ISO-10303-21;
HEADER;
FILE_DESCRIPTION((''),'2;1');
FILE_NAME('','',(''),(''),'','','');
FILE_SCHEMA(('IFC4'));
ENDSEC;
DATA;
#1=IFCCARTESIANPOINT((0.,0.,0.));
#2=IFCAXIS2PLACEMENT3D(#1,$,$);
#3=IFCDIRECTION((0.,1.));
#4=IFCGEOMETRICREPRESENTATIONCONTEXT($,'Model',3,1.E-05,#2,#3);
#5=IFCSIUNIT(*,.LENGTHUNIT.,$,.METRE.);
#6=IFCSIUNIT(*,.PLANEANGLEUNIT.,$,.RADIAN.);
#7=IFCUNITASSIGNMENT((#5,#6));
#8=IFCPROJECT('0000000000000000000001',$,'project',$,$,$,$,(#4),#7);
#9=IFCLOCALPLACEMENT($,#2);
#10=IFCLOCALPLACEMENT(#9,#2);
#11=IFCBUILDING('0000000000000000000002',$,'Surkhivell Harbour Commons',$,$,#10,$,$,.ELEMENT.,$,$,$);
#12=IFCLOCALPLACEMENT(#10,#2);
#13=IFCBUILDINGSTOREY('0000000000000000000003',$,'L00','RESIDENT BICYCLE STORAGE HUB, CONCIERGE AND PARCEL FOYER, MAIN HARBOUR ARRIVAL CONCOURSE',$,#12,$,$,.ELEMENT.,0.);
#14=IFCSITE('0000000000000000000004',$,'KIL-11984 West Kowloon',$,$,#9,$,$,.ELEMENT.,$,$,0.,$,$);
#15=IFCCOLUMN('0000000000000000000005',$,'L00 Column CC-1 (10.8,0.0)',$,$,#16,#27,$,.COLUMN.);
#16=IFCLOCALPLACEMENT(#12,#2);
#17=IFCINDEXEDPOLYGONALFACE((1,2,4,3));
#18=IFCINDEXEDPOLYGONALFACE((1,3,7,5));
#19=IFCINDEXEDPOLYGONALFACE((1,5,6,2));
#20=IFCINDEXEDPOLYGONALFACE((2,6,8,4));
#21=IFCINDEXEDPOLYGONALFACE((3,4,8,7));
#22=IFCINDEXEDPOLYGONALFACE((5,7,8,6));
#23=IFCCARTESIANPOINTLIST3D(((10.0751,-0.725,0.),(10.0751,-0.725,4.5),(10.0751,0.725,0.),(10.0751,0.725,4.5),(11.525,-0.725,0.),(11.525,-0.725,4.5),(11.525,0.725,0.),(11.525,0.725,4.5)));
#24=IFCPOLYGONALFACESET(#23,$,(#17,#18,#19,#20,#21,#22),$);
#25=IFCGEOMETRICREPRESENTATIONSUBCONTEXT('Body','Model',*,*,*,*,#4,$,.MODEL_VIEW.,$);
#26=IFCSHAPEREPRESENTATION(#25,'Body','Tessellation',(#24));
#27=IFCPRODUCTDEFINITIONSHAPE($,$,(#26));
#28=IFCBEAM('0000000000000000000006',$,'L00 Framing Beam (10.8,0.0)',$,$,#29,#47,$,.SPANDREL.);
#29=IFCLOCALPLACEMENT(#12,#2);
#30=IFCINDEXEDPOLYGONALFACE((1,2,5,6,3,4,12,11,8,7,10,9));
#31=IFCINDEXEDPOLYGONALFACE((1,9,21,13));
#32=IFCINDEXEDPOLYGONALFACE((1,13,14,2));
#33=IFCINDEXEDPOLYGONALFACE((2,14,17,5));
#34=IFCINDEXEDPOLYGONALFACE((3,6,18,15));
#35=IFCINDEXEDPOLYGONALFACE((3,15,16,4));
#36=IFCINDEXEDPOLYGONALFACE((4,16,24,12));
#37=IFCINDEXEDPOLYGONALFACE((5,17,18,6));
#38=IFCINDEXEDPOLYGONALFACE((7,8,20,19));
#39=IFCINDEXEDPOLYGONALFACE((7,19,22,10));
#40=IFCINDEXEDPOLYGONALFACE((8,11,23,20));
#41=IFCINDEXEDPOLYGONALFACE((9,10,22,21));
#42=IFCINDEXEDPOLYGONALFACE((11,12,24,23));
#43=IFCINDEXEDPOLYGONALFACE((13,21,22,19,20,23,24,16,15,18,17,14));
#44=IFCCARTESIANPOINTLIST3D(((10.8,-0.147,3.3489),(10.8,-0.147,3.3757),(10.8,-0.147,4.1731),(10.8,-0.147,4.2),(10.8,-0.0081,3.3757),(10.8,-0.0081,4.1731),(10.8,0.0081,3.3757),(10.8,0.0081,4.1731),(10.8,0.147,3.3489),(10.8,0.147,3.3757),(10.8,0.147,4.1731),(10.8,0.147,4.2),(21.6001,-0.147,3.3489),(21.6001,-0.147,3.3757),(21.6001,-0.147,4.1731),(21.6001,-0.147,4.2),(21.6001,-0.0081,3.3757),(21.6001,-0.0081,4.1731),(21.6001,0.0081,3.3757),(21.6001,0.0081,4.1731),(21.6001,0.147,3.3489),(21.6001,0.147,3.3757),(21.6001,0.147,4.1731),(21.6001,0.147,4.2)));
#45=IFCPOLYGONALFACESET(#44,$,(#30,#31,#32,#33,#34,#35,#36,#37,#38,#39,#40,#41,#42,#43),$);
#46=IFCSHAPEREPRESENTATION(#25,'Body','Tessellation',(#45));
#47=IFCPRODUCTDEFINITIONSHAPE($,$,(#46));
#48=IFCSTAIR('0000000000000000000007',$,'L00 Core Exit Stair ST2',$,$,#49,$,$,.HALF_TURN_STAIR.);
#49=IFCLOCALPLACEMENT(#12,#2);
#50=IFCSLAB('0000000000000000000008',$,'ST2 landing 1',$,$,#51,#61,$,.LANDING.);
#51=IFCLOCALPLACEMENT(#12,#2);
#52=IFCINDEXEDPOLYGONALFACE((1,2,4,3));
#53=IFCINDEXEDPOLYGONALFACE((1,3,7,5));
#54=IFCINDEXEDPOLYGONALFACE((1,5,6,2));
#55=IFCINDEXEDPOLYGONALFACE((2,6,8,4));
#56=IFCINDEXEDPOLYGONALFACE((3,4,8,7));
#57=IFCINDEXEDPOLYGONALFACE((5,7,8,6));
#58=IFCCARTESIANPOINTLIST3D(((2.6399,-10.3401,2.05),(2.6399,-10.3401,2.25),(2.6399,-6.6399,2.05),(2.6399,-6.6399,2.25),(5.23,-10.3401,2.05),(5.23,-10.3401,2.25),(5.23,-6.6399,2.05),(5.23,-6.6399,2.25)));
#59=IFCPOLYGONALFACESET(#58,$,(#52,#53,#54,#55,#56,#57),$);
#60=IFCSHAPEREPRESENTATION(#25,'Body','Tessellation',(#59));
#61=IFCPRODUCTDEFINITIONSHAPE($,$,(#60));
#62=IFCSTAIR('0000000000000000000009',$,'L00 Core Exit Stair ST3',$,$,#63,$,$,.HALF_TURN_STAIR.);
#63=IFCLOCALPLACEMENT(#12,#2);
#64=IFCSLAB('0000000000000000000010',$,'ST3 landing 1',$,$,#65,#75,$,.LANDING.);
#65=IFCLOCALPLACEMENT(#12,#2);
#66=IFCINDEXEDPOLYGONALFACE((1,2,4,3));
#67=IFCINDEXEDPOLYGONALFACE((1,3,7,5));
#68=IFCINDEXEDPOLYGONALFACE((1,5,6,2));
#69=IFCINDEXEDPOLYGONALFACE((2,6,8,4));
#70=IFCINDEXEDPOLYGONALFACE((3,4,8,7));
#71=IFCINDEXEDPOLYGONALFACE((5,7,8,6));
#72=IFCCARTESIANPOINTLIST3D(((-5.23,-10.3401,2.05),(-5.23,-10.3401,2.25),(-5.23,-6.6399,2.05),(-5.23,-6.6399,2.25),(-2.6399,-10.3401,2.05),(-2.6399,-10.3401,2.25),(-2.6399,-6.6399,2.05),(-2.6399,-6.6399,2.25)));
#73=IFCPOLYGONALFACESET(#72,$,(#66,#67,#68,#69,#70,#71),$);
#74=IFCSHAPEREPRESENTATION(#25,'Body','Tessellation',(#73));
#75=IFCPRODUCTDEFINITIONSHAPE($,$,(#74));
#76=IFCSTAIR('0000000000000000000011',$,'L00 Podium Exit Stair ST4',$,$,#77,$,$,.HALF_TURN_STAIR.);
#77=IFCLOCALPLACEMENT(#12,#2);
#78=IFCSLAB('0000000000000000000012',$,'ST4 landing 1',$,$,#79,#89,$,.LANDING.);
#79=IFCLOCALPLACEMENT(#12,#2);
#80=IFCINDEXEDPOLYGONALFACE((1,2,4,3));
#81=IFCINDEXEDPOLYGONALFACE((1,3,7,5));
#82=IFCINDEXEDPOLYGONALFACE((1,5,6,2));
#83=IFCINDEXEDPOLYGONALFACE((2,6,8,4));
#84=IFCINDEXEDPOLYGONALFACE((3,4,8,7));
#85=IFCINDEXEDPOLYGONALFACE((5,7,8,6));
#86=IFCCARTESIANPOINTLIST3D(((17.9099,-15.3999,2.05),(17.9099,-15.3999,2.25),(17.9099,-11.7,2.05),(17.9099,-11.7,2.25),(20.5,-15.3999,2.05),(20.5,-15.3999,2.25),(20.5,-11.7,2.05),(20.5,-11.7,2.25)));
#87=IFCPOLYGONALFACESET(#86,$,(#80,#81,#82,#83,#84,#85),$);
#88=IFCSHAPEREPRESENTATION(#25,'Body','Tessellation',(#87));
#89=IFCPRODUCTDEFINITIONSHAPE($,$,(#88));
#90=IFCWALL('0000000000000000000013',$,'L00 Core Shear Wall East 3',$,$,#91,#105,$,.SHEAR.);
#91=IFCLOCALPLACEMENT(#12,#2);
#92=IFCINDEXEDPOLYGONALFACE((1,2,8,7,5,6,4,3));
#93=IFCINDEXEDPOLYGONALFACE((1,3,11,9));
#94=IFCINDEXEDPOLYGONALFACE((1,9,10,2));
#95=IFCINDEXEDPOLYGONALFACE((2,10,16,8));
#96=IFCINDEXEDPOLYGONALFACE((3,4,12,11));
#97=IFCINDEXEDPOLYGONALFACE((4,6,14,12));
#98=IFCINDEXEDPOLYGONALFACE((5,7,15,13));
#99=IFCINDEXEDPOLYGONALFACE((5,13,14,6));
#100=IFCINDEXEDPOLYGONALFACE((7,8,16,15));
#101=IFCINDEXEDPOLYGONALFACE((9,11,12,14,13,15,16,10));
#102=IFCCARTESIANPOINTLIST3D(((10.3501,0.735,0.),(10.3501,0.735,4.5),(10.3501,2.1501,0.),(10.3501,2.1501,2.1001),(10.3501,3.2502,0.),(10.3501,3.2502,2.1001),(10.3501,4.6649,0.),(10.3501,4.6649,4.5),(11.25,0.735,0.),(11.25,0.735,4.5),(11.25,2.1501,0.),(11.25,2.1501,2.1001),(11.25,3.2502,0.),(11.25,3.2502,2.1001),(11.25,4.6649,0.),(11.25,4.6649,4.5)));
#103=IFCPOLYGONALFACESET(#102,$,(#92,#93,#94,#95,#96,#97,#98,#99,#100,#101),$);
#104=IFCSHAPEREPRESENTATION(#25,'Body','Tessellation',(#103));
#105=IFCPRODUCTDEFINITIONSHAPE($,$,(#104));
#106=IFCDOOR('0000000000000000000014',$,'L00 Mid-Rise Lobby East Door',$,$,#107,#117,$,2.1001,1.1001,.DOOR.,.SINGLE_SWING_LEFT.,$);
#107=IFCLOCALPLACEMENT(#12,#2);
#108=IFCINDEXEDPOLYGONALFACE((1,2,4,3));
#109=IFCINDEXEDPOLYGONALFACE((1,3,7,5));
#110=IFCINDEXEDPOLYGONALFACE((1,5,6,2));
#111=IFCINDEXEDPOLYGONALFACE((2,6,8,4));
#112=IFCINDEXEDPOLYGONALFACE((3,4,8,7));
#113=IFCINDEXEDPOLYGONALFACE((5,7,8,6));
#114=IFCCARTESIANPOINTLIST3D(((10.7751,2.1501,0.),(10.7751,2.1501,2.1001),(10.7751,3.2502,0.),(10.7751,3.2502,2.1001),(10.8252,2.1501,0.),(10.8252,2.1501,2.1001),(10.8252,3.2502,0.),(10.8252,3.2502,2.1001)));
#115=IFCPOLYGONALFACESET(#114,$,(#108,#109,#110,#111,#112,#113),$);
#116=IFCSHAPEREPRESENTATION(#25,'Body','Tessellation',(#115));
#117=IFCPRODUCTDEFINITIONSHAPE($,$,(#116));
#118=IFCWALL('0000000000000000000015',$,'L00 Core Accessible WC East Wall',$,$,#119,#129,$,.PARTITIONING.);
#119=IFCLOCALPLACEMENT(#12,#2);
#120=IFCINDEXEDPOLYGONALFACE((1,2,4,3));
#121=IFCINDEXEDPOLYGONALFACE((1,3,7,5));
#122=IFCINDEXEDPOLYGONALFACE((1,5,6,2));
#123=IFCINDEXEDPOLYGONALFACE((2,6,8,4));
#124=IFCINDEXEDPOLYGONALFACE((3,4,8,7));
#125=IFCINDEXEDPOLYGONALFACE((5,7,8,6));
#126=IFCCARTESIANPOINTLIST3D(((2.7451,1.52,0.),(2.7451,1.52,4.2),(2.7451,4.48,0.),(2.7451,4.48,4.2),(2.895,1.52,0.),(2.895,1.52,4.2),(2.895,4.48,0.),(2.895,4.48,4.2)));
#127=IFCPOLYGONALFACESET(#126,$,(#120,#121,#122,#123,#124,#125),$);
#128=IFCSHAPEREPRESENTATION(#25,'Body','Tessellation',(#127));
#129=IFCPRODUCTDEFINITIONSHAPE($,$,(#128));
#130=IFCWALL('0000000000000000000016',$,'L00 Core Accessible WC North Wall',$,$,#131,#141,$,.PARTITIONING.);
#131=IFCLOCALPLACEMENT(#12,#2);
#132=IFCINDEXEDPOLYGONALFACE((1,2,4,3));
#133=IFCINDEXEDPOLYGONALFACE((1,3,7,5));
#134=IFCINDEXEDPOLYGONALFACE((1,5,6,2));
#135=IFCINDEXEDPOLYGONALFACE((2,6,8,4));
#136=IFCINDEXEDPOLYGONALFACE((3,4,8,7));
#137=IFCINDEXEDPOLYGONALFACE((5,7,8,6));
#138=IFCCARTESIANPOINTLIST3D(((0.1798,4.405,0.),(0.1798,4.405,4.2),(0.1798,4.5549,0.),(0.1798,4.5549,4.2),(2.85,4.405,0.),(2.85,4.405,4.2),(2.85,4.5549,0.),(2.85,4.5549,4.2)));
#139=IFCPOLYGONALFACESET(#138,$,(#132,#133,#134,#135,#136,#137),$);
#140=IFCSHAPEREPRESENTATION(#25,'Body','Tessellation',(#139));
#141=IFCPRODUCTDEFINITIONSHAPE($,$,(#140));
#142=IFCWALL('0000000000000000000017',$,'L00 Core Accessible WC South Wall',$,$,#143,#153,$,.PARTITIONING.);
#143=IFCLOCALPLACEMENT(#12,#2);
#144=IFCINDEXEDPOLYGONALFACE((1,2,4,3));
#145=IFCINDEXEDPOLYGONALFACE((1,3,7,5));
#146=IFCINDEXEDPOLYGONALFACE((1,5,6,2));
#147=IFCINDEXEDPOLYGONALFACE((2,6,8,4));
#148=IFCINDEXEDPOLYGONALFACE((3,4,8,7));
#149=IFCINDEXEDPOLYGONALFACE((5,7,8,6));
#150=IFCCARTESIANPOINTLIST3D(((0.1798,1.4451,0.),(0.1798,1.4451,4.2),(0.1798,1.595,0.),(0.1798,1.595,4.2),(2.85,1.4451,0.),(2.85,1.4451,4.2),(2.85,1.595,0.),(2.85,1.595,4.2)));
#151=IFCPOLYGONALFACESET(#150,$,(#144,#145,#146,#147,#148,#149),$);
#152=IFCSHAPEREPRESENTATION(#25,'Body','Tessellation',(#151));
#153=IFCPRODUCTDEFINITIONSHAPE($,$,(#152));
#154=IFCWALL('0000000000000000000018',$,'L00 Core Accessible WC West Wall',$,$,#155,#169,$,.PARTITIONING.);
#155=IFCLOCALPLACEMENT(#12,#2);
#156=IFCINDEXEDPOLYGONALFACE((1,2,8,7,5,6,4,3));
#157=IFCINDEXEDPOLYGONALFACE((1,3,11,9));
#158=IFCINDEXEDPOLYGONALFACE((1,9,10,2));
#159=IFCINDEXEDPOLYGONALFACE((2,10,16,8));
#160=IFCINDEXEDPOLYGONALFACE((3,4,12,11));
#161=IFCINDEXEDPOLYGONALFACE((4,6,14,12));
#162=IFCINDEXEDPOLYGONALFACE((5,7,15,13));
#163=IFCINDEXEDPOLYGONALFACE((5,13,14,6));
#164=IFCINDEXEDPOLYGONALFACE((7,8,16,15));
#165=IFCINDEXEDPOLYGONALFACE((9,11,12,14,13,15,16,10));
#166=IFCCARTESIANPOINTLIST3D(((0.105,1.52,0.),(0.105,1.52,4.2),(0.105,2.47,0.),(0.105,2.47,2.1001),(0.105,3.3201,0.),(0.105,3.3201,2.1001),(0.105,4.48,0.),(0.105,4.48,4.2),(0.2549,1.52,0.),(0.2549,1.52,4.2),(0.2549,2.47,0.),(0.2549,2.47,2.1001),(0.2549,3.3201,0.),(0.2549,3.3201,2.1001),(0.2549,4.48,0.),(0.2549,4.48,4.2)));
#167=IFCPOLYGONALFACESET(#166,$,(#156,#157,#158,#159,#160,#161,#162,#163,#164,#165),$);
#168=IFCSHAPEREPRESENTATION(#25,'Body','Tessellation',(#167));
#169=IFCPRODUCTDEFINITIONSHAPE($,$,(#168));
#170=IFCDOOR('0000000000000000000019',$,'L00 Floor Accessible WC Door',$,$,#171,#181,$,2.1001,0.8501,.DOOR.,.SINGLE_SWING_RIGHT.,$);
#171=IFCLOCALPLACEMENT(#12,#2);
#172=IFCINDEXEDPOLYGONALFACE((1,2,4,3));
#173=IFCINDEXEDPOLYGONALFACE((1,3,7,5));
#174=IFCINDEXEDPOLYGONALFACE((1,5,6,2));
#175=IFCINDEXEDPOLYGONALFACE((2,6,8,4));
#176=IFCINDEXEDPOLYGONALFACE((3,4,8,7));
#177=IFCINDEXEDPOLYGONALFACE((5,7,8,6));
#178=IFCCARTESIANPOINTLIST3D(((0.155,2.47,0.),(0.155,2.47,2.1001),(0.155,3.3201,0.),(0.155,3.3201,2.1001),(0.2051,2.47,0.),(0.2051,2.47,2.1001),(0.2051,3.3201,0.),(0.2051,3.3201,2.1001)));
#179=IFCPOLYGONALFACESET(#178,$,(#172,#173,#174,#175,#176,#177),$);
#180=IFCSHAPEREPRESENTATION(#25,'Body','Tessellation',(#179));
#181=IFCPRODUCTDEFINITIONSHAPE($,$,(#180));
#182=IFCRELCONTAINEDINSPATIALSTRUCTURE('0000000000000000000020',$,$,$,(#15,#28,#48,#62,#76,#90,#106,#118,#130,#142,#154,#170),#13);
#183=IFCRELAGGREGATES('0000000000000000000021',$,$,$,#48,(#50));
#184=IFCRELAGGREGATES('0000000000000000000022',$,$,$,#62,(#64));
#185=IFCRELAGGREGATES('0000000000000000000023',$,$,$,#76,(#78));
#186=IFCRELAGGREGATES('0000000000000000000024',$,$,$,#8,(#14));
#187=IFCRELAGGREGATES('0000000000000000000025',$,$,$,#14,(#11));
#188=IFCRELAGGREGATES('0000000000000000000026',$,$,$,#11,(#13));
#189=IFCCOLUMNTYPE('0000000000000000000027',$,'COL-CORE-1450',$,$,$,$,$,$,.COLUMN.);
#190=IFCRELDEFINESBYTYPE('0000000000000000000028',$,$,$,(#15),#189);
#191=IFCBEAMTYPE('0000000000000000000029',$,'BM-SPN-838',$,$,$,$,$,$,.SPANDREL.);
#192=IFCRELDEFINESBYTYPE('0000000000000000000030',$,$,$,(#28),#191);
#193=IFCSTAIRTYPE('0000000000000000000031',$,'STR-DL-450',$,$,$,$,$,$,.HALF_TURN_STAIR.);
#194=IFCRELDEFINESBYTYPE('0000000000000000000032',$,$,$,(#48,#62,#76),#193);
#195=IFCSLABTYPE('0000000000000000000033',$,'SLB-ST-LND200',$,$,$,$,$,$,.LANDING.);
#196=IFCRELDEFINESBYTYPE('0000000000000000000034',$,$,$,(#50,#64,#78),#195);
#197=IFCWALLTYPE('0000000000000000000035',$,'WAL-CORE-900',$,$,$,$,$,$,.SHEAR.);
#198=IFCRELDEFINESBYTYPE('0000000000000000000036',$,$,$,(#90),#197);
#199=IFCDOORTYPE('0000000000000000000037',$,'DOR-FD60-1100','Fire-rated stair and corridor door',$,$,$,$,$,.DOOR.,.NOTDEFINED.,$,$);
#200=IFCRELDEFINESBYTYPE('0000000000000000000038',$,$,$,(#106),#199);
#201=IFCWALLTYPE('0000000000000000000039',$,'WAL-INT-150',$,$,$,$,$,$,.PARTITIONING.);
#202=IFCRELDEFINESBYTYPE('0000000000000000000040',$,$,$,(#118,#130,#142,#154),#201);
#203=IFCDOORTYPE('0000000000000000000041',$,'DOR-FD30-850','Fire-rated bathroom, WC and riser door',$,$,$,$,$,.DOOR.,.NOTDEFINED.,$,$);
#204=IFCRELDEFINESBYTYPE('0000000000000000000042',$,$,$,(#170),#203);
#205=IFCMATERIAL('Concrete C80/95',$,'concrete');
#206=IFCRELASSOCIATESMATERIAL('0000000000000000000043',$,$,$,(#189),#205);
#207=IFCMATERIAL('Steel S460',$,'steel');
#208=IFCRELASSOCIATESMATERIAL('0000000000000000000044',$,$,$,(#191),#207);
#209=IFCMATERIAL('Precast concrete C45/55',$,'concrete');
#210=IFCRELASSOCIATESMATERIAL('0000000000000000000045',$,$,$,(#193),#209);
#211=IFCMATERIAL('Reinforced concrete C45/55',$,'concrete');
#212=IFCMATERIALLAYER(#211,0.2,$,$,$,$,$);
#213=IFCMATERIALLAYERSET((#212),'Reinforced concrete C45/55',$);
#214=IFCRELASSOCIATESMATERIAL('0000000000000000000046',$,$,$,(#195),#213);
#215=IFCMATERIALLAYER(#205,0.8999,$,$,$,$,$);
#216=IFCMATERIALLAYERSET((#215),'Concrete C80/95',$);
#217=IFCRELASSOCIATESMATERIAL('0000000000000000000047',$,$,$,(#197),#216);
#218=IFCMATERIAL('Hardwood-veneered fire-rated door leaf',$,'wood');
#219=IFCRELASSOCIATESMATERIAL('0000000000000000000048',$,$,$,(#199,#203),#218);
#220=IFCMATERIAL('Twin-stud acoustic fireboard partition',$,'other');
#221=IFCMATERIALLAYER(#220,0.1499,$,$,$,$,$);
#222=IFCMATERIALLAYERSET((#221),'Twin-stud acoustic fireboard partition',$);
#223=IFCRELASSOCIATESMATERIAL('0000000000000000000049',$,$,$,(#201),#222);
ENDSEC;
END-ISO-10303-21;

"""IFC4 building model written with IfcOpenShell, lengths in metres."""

from ifc_helpers import new_model, si_unit, direction, frame, frame_2d, origin, origin_2d, place, context, subcontext, project, spatial, polyline, rectangle, i_section, outline, extrude, material, layer, layer_set, material_profile, profile_set, type_object, element, fill, aggregate, save


model = new_model("IFC4")

# Units and contexts
model_context = context("Model", 3, precision=1e-05, world=origin(), true_north=direction((0.0, 1.0)))
body_context = subcontext(model_context, "Body", "Model", "MODEL_VIEW")
ifc_project = project(units=[si_unit("LENGTHUNIT", "METRE"), si_unit("PLANEANGLEUNIT", "RADIAN")], contexts=[model_context])

# Site, building, storey
site_placement = place(None, origin())
site = spatial("IfcSite", under=ifc_project, at=site_placement, Name="KIL-11984 West Kowloon", CompositionType="ELEMENT", RefElevation=0.0)
building_placement = place(site_placement, origin())
building = spatial("IfcBuilding", under=site, at=building_placement, Name="Surkhivell Harbour Commons", CompositionType="ELEMENT")
storey_placement = place(building_placement, origin())
storey = spatial("IfcBuildingStorey", under=building, at=storey_placement, Name="L00", Description="RESIDENT BICYCLE STORAGE HUB, CONCIERGE AND PARCEL FOYER, MAIN HARBOUR ARRIVAL CONCOURSE", CompositionType="ELEMENT", Elevation=0.0)

# Column
ifc_material_1 = material(Name="Concrete C80/95", Category="concrete")
ifc_material_profile_1 = material_profile(ifc_material_1, rectangle(XDim=1.45, YDim=1.45, at=origin_2d()), Name="RC-COL-1450x1450")
ifc_profile_set_1 = profile_set([ifc_material_profile_1], Name="Concrete C80/95")
column_type = type_object("IfcColumnType", Name="COL-CORE-1450", PredefinedType="COLUMN", material=ifc_profile_set_1)
column_placement = place(storey_placement, frame((10.8, 0.0, 0.0), z_axis=(0.0, 0.0, 1.0), x_axis=(1.0, 0.0, 0.0)))
element("IfcColumn", 1, at=column_placement, inside=storey, type_object=column_type, Name="L00 Column CC-1 (10.8,0.0)", PredefinedType="COLUMN", context=body_context, shape_type="SweptSolid", body=[
    extrude(rectangle(XDim=1.45, YDim=1.45, at=origin_2d()), origin(), (0.0, 0.0, 1.0), 4.5),
])

# Beam
ifc_material_2 = material(Name="Steel S460", Category="steel")
ifc_material_profile_2 = material_profile(ifc_material_2, i_section(OverallWidth=0.2939, OverallDepth=0.8511, WebThickness=0.0161, FlangeThickness=0.0269, at=origin_2d()), Name="UB838x292x226")
ifc_profile_set_2 = profile_set([ifc_material_profile_2], Name="Steel S460")
beam_type = type_object("IfcBeamType", Name="BM-SPN-838", PredefinedType="SPANDREL", material=ifc_profile_set_2)
beam_placement = place(storey_placement, frame((10.8, 0.0, 3.7744), z_axis=(1.0, 0.0, 0.0), x_axis=(0.0, 1.0, 0.0)))
element("IfcBeam", 2, at=beam_placement, inside=storey, type_object=beam_type, Name="L00 Framing Beam (10.8,0.0)", PredefinedType="SPANDREL", context=body_context, shape_type="SweptSolid", body=[
    extrude(i_section(OverallWidth=0.2939, OverallDepth=0.8511, WebThickness=0.0161, FlangeThickness=0.0269, at=origin_2d()), origin(), (0.0, 0.0, 1.0), 10.8),
])

# Stairs, slabs
ifc_material_3 = material(Name="Precast concrete C45/55", Category="concrete")
stair_type = type_object("IfcStairType", Name="STR-DL-450", PredefinedType="HALF_TURN_STAIR", material=ifc_material_3)
stair_1_placement = place(storey_placement, origin())
stair_1 = element("IfcStair", 3, at=stair_1_placement, inside=storey, type_object=stair_type, Name="L00 Core Exit Stair ST2", PredefinedType="HALF_TURN_STAIR")
ifc_material_4 = material(Name="Reinforced concrete C45/55", Category="concrete")
ifc_layer_1 = layer(ifc_material_4, 0.2)
ifc_layer_set_1 = layer_set([ifc_layer_1], Name="Reinforced concrete C45/55")
slab_type = type_object("IfcSlabType", Name="SLB-ST-LND200", PredefinedType="LANDING", material=ifc_layer_set_1)
slab_1_placement = place(storey_placement, frame((0.0, 0.0, 2.05)))
slab_1 = element("IfcSlab", 4, at=slab_1_placement, type_object=slab_type, Name="ST2 landing 1", PredefinedType="LANDING", context=body_context, shape_type="SweptSolid", body=[
    extrude(outline(polyline([(5.23, -6.6399), (2.6399, -6.6399), (2.6399, -10.3401), (5.23, -10.3401), (5.23, -6.6399)])), origin(), (0.0, 0.0, 1.0), 0.2),
])
aggregate(stair_1, [slab_1])
stair_2_placement = place(storey_placement, origin())
stair_2 = element("IfcStair", 5, at=stair_2_placement, inside=storey, type_object=stair_type, Name="L00 Core Exit Stair ST3", PredefinedType="HALF_TURN_STAIR")
slab_2_placement = place(storey_placement, frame((0.0, 0.0, 2.05)))
slab_2 = element("IfcSlab", 6, at=slab_2_placement, type_object=slab_type, Name="ST3 landing 1", PredefinedType="LANDING", context=body_context, shape_type="SweptSolid", body=[
    extrude(outline(polyline([(-5.23, -10.3401), (-2.6399, -10.3401), (-2.6399, -6.6399), (-5.23, -6.6399), (-5.23, -10.3401)])), origin(), (0.0, 0.0, 1.0), 0.2),
])
aggregate(stair_2, [slab_2])
stair_3_placement = place(storey_placement, origin())
stair_3 = element("IfcStair", 7, at=stair_3_placement, inside=storey, type_object=stair_type, Name="L00 Podium Exit Stair ST4", PredefinedType="HALF_TURN_STAIR")
slab_3_placement = place(storey_placement, frame((0.0, 0.0, 2.05)))
slab_3 = element("IfcSlab", 8, at=slab_3_placement, type_object=slab_type, Name="ST4 landing 1", PredefinedType="LANDING", context=body_context, shape_type="SweptSolid", body=[
    extrude(outline(polyline([(17.9099, -15.3999), (20.5, -15.3999), (20.5, -11.7), (17.9099, -11.7), (17.9099, -15.3999)])), origin(), (0.0, 0.0, 1.0), 0.2),
])
aggregate(stair_3, [slab_3])

# Wall, opening, door
ifc_layer_2 = layer(ifc_material_1, 0.8999)
ifc_layer_set_2 = layer_set([ifc_layer_2], Name="Concrete C80/95")
wall_type_1 = type_object("IfcWallType", Name="WAL-CORE-900", PredefinedType="SHEAR", material=ifc_layer_set_2)
wall_1_placement = place(storey_placement, frame((10.8, 0.7351, 0.0), z_axis=(0.0, 0.0, 1.0), x_axis=(0.0, 1.0, 0.0)))
wall_1 = element("IfcWall", 9, at=wall_1_placement, inside=storey, type_object=wall_type_1, Name="L00 Core Shear Wall East 3", PredefinedType="SHEAR", context=body_context, shape_type="SweptSolid", body=[
    extrude(rectangle(XDim=3.9299, YDim=0.8999, at=frame_2d((1.9648, 0.0))), origin(), (0.0, 0.0, 1.0), 4.5),
])
opening_1_placement = place(wall_1_placement, frame((1.415, 0.0, 0.0)))
opening_1 = element("IfcOpeningElement", 10, at=opening_1_placement, cuts=wall_1, PredefinedType="OPENING", context=body_context, shape_type="SweptSolid", body=[
    extrude(rectangle(XDim=1.1001, YDim=2.1001, at=frame_2d((0.55, 1.05))), frame((0.0, 0.46, 0.0), z_axis=(0.0, -1.0, 0.0), x_axis=(1.0, 0.0, 0.0)), (0.0, 0.0, 1.0), 0.9199),
])
ifc_material_5 = material(Name="Hardwood-veneered fire-rated door leaf", Category="wood")
door_type_1 = type_object("IfcDoorType", Name="DOR-FD60-1100", Description="Fire-rated stair and corridor door", OperationType="NOTDEFINED", PredefinedType="DOOR", material=ifc_material_5)
door_1_placement = place(opening_1_placement, origin())
door_1 = element("IfcDoor", 11, at=door_1_placement, inside=storey, type_object=door_type_1, Name="L00 Mid-Rise Lobby East Door", OperationType="SINGLE_SWING_LEFT", OverallHeight=2.1001, OverallWidth=1.1001, PredefinedType="DOOR", context=body_context, shape_type="SweptSolid", body=[
    extrude(rectangle(XDim=1.1001, YDim=2.1001, at=frame_2d((0.55, 1.05))), frame((0.0, 0.0249, 0.0), z_axis=(0.0, -1.0, 0.0), x_axis=(1.0, 0.0, 0.0)), (0.0, 0.0, 1.0), 0.05),
])
fill(opening_1, door_1)

# Walls
ifc_material_6 = material(Name="Twin-stud acoustic fireboard partition", Category="other")
ifc_layer_3 = layer(ifc_material_6, 0.1499)
ifc_layer_set_3 = layer_set([ifc_layer_3], Name="Twin-stud acoustic fireboard partition")
wall_type_2 = type_object("IfcWallType", Name="WAL-INT-150", PredefinedType="PARTITIONING", material=ifc_layer_set_3)
wall_2_placement = place(storey_placement, frame((2.8201, 1.52, 0.0), z_axis=(0.0, 0.0, 1.0), x_axis=(0.0, 1.0, 0.0)))
element("IfcWall", 12, at=wall_2_placement, inside=storey, type_object=wall_type_2, Name="L00 Core Accessible WC East Wall", PredefinedType="PARTITIONING", context=body_context, shape_type="SweptSolid", body=[
    extrude(rectangle(XDim=2.96, YDim=0.1499, at=frame_2d((1.48, 0.0))), origin(), (0.0, 0.0, 1.0), 4.2),
])
for number, where, z_axis, x_axis, name in (
    (13, (0.1799, 4.48, 0.0), (0.0, 0.0, 1.0), (1.0, 0.0, 0.0), "L00 Core Accessible WC North Wall"),
    (14, (0.1799, 1.52, 0.0), (0.0, 0.0, 1.0), (1.0, 0.0, 0.0), "L00 Core Accessible WC South Wall"),
):
    element("IfcWall", number, at=place(storey_placement, frame(where, z_axis=z_axis, x_axis=x_axis)), inside=storey, type_object=wall_type_2, Name=name, PredefinedType="PARTITIONING", context=body_context, shape_type="SweptSolid", body=[
        extrude(rectangle(XDim=2.6702, YDim=0.1499, at=frame_2d((1.335, 0.0))), origin(), (0.0, 0.0, 1.0), 4.2),
    ])

# Wall, opening, door
wall_3_placement = place(storey_placement, frame((0.1799, 1.52, 0.0), z_axis=(0.0, 0.0, 1.0), x_axis=(0.0, 1.0, 0.0)))
wall_3 = element("IfcWall", 15, at=wall_3_placement, inside=storey, type_object=wall_type_2, Name="L00 Core Accessible WC West Wall", PredefinedType="PARTITIONING", context=body_context, shape_type="SweptSolid", body=[
    extrude(rectangle(XDim=2.96, YDim=0.1499, at=frame_2d((1.48, 0.0))), origin(), (0.0, 0.0, 1.0), 4.2),
])
opening_2_placement = place(wall_3_placement, frame((0.95, 0.0, 0.0)))
opening_2 = element("IfcOpeningElement", 16, at=opening_2_placement, cuts=wall_3, PredefinedType="OPENING", context=body_context, shape_type="SweptSolid", body=[
    extrude(rectangle(XDim=0.8501, YDim=2.1001, at=frame_2d((0.425, 1.05))), frame((0.0, 0.085, 0.0), z_axis=(0.0, -1.0, 0.0), x_axis=(1.0, 0.0, 0.0)), (0.0, 0.0, 1.0), 0.1699),
])
door_type_2 = type_object("IfcDoorType", Name="DOR-FD30-850", Description="Fire-rated bathroom, WC and riser door", OperationType="NOTDEFINED", PredefinedType="DOOR", material=ifc_material_5)
door_2_placement = place(opening_2_placement, origin())
door_2 = element("IfcDoor", 17, at=door_2_placement, inside=storey, type_object=door_type_2, Name="L00 Floor Accessible WC Door", OperationType="SINGLE_SWING_RIGHT", OverallHeight=2.1001, OverallWidth=0.8501, PredefinedType="DOOR", context=body_context, shape_type="SweptSolid", body=[
    extrude(rectangle(XDim=0.8501, YDim=2.1001, at=frame_2d((0.425, 1.05))), frame((0.0, 0.0249, 0.0), z_axis=(0.0, -1.0, 0.0), x_axis=(1.0, 0.0, 0.0)), (0.0, 0.0, 1.0), 0.05),
])
fill(opening_2, door_2)

save(model, "model.ifc")
